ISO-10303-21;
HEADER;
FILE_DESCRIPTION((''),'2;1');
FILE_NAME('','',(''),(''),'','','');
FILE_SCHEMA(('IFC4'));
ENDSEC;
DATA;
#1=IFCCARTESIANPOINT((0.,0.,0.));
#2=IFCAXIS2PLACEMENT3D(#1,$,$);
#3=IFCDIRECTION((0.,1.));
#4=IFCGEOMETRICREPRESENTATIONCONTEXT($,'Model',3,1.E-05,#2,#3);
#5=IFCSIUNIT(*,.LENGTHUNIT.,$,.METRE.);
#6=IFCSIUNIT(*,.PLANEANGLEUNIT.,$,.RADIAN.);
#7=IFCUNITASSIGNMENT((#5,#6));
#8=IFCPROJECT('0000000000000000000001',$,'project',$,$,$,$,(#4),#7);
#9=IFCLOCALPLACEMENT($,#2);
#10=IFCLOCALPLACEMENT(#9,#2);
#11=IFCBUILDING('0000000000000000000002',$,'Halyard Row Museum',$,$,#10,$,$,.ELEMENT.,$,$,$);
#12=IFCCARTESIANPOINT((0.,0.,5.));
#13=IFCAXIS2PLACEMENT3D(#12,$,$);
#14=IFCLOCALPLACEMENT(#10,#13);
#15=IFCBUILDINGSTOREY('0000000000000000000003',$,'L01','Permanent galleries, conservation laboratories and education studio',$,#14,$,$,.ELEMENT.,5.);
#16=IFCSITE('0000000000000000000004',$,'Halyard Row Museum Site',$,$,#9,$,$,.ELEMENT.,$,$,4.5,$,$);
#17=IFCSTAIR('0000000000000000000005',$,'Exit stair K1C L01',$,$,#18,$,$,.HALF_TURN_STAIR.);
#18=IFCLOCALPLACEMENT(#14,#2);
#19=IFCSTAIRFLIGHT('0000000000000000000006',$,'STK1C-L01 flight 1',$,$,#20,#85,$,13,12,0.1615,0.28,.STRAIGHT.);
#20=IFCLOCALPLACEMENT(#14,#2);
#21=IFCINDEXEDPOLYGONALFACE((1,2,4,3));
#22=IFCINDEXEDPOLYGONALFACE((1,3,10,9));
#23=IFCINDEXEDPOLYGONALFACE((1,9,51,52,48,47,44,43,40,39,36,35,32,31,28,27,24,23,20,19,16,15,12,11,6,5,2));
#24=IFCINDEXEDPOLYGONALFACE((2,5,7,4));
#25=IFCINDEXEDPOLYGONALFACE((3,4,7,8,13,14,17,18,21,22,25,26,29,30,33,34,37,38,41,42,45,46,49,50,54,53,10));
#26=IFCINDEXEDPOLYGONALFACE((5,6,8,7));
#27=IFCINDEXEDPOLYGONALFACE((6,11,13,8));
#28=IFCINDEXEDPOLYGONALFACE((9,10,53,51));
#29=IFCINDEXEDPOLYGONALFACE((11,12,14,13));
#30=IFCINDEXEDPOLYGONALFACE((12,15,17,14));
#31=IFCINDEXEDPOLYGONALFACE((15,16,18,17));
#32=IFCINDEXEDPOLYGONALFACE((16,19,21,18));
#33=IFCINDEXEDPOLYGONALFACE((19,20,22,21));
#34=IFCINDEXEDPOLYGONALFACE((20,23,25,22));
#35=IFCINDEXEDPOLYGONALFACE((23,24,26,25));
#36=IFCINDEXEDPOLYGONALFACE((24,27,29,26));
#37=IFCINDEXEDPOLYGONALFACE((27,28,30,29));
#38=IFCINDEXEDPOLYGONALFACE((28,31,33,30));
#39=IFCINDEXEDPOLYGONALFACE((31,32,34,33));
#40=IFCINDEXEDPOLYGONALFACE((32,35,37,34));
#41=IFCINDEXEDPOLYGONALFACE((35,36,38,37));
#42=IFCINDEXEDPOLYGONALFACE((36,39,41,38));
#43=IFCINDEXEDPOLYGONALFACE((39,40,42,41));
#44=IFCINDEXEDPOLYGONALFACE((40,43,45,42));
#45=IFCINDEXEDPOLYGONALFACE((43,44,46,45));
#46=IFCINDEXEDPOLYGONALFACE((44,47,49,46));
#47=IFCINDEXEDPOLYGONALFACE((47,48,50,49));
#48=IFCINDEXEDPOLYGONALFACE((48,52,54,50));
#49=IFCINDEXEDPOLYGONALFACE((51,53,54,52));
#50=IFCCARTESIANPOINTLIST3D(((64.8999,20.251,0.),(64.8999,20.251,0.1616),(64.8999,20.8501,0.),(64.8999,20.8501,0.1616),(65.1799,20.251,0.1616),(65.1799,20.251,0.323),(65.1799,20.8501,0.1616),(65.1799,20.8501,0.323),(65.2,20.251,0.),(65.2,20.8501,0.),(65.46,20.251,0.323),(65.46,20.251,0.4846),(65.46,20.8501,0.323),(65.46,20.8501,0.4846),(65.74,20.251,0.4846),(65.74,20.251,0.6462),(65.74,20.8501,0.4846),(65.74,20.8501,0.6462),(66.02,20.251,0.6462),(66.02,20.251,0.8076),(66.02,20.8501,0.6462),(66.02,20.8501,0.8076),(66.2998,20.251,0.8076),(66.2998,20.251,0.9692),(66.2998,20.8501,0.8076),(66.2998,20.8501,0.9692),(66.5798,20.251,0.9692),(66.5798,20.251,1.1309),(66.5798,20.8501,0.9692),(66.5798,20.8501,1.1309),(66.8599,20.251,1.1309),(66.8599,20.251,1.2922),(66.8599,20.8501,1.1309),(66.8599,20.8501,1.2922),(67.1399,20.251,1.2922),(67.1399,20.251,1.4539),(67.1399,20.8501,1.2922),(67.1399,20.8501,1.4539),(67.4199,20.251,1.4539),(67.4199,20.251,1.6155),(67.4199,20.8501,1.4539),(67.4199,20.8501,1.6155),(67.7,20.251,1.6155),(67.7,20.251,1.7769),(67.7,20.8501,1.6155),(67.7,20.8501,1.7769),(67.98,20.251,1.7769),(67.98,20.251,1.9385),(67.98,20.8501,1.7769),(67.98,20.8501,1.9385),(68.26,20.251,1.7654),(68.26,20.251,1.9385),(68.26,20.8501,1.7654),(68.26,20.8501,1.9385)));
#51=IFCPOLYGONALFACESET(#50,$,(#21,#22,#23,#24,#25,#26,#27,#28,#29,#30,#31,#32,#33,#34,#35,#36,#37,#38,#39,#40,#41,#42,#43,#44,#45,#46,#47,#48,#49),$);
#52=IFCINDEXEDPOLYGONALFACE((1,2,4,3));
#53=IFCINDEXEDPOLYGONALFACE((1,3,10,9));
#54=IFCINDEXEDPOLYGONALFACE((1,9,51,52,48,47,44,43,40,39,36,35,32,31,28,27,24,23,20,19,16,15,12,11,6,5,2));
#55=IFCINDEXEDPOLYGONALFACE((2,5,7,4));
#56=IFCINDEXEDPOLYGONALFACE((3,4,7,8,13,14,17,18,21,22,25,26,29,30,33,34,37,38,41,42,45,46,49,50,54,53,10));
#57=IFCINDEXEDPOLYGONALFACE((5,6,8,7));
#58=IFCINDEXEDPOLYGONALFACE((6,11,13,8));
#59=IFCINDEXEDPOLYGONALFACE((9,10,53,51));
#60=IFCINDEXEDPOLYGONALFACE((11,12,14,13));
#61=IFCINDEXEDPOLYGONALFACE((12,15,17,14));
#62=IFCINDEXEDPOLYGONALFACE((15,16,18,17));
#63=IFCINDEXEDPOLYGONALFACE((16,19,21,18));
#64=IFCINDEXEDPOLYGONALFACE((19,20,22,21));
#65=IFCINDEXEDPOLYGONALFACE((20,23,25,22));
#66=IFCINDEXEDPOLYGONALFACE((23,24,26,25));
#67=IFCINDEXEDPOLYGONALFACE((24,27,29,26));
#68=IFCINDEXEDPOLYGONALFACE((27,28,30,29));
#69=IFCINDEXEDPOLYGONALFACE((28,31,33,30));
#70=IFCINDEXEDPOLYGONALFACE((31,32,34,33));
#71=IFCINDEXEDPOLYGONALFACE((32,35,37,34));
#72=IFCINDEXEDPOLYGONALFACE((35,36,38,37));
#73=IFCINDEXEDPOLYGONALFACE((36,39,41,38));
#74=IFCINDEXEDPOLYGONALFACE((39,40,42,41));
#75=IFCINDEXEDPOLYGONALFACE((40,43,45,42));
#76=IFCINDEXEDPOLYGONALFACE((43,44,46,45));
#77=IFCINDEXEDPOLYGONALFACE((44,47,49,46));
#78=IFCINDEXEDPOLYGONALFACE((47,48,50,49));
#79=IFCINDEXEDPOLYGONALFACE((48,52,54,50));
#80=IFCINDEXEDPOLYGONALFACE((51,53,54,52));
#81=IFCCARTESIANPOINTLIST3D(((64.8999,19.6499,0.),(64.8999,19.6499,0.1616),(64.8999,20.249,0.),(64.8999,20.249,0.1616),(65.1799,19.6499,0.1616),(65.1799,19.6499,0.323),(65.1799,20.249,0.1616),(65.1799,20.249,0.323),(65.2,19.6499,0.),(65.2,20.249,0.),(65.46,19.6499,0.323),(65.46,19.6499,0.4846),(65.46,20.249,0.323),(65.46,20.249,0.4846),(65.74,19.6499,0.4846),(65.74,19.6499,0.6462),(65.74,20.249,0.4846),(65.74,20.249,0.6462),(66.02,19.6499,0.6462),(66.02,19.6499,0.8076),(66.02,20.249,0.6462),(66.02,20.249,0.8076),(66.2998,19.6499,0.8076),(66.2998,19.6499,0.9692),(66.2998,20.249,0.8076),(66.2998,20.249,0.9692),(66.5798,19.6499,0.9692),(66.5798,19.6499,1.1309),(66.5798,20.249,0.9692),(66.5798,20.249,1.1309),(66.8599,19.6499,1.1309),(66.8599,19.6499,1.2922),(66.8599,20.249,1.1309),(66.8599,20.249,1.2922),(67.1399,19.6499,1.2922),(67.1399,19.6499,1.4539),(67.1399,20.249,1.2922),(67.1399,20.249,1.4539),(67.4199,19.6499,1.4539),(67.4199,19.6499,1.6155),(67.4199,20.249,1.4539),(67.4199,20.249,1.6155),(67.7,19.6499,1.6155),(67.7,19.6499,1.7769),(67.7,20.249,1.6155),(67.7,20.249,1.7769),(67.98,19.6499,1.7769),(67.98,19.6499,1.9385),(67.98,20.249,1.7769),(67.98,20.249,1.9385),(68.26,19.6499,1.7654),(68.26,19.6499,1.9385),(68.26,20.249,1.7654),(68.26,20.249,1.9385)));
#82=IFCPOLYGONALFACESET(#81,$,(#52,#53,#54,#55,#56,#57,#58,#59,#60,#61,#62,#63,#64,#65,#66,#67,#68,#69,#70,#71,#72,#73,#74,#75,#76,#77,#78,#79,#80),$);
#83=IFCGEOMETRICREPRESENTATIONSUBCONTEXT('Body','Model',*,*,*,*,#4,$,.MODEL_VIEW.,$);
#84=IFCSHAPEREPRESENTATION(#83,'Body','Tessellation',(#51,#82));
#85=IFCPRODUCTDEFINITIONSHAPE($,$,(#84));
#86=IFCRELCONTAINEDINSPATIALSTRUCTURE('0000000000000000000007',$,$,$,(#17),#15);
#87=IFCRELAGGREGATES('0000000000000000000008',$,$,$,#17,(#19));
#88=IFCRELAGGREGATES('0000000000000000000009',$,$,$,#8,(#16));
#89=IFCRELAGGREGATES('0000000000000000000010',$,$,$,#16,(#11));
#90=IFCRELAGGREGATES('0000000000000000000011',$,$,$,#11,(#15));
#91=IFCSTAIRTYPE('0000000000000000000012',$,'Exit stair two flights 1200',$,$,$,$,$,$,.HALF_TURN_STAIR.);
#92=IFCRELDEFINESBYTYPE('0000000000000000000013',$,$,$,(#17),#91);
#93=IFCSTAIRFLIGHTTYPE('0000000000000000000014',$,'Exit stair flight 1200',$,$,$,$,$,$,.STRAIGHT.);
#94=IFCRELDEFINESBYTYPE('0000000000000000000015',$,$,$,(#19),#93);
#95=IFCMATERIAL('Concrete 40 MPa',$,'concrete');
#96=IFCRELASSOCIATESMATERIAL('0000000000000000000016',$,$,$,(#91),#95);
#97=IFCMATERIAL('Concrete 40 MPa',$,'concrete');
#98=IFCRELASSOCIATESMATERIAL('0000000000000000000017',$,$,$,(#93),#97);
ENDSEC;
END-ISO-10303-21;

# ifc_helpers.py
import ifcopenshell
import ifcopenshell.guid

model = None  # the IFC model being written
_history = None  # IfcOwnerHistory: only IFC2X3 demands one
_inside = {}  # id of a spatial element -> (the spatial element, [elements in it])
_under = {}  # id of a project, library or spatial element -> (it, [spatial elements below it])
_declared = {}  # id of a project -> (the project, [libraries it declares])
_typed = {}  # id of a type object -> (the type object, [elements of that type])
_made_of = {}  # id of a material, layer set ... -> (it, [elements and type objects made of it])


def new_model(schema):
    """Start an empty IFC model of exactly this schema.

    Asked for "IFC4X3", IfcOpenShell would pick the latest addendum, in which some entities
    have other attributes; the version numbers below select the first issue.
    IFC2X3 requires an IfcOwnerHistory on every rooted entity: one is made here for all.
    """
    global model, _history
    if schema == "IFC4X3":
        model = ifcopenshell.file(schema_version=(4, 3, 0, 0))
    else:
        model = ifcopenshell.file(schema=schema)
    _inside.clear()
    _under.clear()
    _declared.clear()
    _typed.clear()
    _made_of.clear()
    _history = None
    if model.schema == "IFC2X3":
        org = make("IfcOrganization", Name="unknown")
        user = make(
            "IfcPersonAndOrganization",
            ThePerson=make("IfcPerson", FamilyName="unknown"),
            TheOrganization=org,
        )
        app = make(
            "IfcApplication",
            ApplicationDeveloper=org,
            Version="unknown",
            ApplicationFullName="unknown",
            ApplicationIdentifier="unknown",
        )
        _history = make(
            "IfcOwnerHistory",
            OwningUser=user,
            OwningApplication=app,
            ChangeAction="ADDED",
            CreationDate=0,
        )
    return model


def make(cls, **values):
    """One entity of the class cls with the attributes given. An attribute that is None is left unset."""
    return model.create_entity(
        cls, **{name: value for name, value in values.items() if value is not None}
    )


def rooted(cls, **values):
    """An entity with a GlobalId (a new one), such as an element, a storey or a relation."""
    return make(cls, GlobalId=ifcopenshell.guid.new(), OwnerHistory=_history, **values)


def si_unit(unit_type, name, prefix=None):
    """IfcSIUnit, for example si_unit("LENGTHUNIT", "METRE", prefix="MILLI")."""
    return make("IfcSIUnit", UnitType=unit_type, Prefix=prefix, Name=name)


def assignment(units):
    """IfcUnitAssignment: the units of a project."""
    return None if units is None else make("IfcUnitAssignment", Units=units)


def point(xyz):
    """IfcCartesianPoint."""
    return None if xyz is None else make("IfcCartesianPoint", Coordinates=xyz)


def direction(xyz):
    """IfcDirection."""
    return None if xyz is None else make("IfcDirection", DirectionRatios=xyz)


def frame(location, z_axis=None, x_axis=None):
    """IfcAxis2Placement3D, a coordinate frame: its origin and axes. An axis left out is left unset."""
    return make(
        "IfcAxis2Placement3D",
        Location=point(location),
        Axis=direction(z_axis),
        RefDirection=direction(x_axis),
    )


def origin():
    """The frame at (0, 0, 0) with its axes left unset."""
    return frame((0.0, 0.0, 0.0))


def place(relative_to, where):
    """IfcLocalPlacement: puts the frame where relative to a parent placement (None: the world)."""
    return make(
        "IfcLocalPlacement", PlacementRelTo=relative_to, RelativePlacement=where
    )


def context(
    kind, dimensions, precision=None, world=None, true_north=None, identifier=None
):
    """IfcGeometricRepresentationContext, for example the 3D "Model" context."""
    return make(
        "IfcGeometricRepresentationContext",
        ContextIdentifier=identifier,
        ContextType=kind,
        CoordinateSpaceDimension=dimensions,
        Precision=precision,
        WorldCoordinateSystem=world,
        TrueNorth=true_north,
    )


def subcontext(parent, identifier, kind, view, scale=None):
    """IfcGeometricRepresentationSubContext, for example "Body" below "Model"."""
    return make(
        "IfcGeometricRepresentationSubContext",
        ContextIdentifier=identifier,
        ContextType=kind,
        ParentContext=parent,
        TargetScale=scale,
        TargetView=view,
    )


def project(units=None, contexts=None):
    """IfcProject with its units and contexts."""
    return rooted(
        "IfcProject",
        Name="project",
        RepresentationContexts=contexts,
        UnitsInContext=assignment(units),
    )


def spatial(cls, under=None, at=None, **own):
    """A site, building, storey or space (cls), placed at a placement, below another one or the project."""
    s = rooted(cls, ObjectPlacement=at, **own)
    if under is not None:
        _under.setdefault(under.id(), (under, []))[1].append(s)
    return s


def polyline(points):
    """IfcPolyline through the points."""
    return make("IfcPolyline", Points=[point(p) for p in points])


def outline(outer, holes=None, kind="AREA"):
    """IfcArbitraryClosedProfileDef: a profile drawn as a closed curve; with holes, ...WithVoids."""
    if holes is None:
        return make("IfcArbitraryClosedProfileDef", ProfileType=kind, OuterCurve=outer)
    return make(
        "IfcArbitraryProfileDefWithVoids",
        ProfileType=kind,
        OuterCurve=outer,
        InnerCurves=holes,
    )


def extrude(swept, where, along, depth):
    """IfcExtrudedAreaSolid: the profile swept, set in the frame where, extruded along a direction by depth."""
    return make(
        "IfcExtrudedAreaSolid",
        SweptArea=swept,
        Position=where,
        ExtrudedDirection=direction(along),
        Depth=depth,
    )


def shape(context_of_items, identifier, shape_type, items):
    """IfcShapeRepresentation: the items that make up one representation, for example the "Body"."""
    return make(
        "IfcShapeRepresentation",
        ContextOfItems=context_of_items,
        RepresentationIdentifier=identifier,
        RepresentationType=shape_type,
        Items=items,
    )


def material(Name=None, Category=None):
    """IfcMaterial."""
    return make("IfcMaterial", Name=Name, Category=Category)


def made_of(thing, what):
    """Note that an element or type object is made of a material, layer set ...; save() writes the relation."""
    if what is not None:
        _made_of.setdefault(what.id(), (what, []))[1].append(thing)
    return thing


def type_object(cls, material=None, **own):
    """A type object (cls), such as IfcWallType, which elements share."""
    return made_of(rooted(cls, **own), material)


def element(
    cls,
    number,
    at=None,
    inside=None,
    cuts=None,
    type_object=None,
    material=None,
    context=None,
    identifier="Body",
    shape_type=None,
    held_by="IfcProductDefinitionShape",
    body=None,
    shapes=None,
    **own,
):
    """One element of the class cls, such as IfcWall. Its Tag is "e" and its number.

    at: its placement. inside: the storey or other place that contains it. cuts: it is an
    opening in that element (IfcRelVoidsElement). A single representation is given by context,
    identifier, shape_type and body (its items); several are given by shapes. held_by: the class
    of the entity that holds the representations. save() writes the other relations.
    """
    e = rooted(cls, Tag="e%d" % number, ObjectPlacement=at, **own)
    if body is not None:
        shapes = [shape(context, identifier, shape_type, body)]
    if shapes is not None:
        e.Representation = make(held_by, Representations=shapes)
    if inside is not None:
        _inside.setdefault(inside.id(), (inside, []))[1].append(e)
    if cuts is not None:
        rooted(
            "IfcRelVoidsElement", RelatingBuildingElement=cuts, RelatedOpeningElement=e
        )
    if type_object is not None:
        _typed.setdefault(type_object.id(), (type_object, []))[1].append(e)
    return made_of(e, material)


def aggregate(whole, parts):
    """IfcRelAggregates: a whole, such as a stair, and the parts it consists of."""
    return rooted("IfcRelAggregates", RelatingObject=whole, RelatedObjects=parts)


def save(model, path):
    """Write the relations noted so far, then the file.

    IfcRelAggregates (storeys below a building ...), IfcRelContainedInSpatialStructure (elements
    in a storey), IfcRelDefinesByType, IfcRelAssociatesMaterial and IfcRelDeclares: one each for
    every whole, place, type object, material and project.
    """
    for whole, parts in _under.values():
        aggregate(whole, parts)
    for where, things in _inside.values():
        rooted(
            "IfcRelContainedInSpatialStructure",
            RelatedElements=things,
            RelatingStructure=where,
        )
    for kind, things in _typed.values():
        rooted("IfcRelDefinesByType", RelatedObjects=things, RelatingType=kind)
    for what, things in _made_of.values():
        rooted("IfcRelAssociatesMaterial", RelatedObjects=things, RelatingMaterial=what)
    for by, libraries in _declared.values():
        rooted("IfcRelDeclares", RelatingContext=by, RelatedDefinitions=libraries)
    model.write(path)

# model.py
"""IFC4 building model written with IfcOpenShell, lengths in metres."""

from ifc_helpers import new_model, si_unit, direction, frame, origin, place, context, subcontext, project, spatial, polyline, outline, extrude, material, type_object, element, aggregate, save


model = new_model("IFC4")

# Units and contexts
model_context = context("Model", 3, precision=1e-05, world=origin(), true_north=direction((0.0, 1.0)))
body_context = subcontext(model_context, "Body", "Model", "MODEL_VIEW")
ifc_project = project(units=[si_unit("LENGTHUNIT", "METRE"), si_unit("PLANEANGLEUNIT", "RADIAN")], contexts=[model_context])

# Site, building, storey
site_placement = place(None, origin())
site = spatial("IfcSite", under=ifc_project, at=site_placement, Name="Halyard Row Museum Site", CompositionType="ELEMENT", RefElevation=4.5)
building_placement = place(site_placement, origin())
building = spatial("IfcBuilding", under=site, at=building_placement, Name="Halyard Row Museum", CompositionType="ELEMENT")
storey_placement = place(building_placement, frame((0.0, 0.0, 5.0)))
storey = spatial("IfcBuildingStorey", under=building, at=storey_placement, Name="L01", Description="Permanent galleries, conservation laboratories and education studio", CompositionType="ELEMENT", Elevation=5.0)

# Stair, stair flight
ifc_material_1 = material(Name="Concrete 40 MPa", Category="concrete")
stair_type = type_object("IfcStairType", Name="Exit stair two flights 1200", PredefinedType="HALF_TURN_STAIR", material=ifc_material_1)
stair_placement = place(storey_placement, origin())
stair = element("IfcStair", 1, at=stair_placement, inside=storey, type_object=stair_type, Name="Exit stair K1C L01", PredefinedType="HALF_TURN_STAIR")
ifc_material_2 = material(Name="Concrete 40 MPa", Category="concrete")
stair_flight_type = type_object("IfcStairFlightType", Name="Exit stair flight 1200", PredefinedType="STRAIGHT", material=ifc_material_2)
stair_flight_placement = place(storey_placement, frame((64.8999, 20.25, 0.0), z_axis=(0.0, 0.0, 1.0), x_axis=(1.0, 0.0, 0.0)))
stair_flight = element("IfcStairFlight", 2, at=stair_flight_placement, type_object=stair_flight_type, Name="STK1C-L01 flight 1", NumberOfRisers=13, NumberOfTreads=12, PredefinedType="STRAIGHT", RiserHeight=0.1615, TreadLength=0.28, context=body_context, shape_type="SweptSolid", body=[
    extrude(outline(polyline([(0.0, 0.0), (0.0, 0.1616), (0.28, 0.1616), (0.28, 0.323), (0.5601, 0.323), (0.5601, 0.4846), (0.8401, 0.4846), (0.8401, 0.6462), (1.1201, 0.6462), (1.1201, 0.8076), (1.3999, 0.8076), (1.3999, 0.9692), (1.6799, 0.9692), (1.6799, 1.1309), (1.96, 1.1309), (1.96, 1.2922), (2.24, 1.2922), (2.24, 1.4539), (2.52, 1.4539), (2.52, 1.6155), (2.8, 1.6155), (2.8, 1.7769), (3.0801, 1.7769), (3.0801, 1.9385), (3.3601, 1.9385), (3.3601, 2.1001), (3.3601, 1.7654), (0.3, 0.0), (0.0, 0.0)])), frame((0.0, 0.6001, 0.0), z_axis=(0.0, -1.0, 0.0), x_axis=(1.0, 0.0, 0.0)), (0.0, 0.0, 1.0), 0.5991),
    extrude(outline(polyline([(0.0, 0.0), (0.0, 0.1616), (0.28, 0.1616), (0.28, 0.323), (0.5601, 0.323), (0.5601, 0.4846), (0.8401, 0.4846), (0.8401, 0.6462), (1.1201, 0.6462), (1.1201, 0.8076), (1.3999, 0.8076), (1.3999, 0.9692), (1.6799, 0.9692), (1.6799, 1.1309), (1.96, 1.1309), (1.96, 1.2922), (2.24, 1.2922), (2.24, 1.4539), (2.52, 1.4539), (2.52, 1.6155), (2.8, 1.6155), (2.8, 1.7769), (3.0801, 1.7769), (3.0801, 1.9385), (3.3601, 1.9385), (3.3601, 2.1001), (3.3601, 1.7654), (0.3, 0.0), (0.0, 0.0)])), frame((0.0, -0.001, 0.0), z_axis=(0.0, -1.0, 0.0), x_axis=(1.0, 0.0, 0.0)), (0.0, 0.0, 1.0), 0.5991),
])
aggregate(stair, [stair_flight])

save(model, "model.ifc")
